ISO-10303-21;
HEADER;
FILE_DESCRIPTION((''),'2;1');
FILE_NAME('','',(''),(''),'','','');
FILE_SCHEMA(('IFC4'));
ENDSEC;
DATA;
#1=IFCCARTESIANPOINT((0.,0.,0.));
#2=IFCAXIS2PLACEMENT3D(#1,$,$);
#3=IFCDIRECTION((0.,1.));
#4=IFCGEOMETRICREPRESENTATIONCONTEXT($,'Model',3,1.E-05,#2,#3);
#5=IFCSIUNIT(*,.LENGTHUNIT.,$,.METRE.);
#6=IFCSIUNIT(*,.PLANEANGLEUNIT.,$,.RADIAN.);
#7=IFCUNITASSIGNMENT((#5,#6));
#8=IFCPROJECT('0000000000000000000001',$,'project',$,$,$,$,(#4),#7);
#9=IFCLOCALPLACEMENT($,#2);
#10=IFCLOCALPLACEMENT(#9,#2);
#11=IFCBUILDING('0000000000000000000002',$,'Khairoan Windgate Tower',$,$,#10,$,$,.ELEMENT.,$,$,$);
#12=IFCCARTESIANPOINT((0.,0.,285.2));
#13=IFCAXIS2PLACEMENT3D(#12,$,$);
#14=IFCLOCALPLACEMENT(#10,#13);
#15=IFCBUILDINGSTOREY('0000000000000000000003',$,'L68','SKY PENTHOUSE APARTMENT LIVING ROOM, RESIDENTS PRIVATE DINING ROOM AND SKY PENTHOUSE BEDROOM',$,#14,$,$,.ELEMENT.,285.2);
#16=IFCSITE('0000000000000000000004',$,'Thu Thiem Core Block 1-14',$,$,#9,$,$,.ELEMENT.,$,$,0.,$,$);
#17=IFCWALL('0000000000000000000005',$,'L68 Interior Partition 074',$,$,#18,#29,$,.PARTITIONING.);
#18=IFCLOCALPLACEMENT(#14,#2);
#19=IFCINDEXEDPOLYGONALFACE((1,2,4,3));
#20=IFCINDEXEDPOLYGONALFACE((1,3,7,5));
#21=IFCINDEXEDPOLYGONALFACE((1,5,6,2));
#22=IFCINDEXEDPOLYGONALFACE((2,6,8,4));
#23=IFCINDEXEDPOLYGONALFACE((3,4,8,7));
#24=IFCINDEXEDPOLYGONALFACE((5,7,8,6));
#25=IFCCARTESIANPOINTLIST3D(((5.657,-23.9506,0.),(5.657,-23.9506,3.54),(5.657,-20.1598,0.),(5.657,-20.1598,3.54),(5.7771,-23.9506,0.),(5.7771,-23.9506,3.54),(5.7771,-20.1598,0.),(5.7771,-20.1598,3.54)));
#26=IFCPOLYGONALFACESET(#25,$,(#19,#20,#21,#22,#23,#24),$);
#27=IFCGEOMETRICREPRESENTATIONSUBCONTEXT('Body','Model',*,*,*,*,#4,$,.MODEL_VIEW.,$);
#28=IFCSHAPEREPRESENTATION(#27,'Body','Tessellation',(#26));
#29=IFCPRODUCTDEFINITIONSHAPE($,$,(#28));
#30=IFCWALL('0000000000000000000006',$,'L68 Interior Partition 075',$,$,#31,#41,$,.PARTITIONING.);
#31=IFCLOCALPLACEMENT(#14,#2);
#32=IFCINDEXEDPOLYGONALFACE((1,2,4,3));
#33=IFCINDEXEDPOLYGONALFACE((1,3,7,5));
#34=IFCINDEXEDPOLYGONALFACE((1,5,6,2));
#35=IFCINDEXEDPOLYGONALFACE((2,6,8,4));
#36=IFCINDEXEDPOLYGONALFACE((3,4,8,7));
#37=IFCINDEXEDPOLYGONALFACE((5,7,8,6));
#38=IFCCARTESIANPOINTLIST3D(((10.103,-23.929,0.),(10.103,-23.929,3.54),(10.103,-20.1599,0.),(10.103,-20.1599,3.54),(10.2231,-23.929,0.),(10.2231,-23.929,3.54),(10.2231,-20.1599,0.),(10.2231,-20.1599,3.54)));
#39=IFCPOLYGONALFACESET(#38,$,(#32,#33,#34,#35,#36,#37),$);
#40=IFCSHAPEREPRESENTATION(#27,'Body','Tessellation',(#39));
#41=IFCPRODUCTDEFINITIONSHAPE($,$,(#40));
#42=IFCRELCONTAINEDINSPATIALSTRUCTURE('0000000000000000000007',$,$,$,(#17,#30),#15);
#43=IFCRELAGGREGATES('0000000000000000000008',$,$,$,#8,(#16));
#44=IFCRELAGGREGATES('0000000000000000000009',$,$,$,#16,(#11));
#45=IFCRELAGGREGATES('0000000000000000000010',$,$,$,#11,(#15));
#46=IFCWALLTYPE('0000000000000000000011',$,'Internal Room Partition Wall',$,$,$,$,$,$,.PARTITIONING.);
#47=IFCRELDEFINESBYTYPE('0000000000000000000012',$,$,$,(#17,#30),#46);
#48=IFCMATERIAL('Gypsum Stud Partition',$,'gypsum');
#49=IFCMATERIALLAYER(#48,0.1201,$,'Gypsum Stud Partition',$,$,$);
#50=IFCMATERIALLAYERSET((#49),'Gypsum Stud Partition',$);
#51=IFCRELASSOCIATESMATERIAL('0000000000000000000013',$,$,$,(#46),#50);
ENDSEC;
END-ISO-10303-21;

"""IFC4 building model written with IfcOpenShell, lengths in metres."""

from ifc_helpers import new_model, si_unit, direction, frame, frame_2d, origin, place, context, subcontext, project, spatial, rectangle, extrude, material, layer, layer_set, type_object, element, save


model = new_model("IFC4")

# Units and contexts
model_context = context("Model", 3, precision=1e-05, world=origin(), true_north=direction((0.0, 1.0)))
body_context = subcontext(model_context, "Body", "Model", "MODEL_VIEW")
ifc_project = project(units=[si_unit("LENGTHUNIT", "METRE"), si_unit("PLANEANGLEUNIT", "RADIAN")], contexts=[model_context])

# Site, building, storey
site_placement = place(None, origin())
site = spatial("IfcSite", under=ifc_project, at=site_placement, Name="Thu Thiem Core Block 1-14", CompositionType="ELEMENT", RefElevation=0.0)
building_placement = place(site_placement, origin())
building = spatial("IfcBuilding", under=site, at=building_placement, Name="Khairoan Windgate Tower", CompositionType="ELEMENT")
storey_placement = place(building_placement, frame((0.0, 0.0, 285.2)))
storey = spatial("IfcBuildingStorey", under=building, at=storey_placement, Name="L68", Description="SKY PENTHOUSE APARTMENT LIVING ROOM, RESIDENTS PRIVATE DINING ROOM AND SKY PENTHOUSE BEDROOM", CompositionType="ELEMENT", Elevation=285.2)

# Shared definitions
ifc_material_1 = material(Name="Gypsum Stud Partition", Category="gypsum")
ifc_layer_1 = layer(ifc_material_1, 0.1201, Name="Gypsum Stud Partition")
ifc_layer_set_1 = layer_set([ifc_layer_1], Name="Gypsum Stud Partition")
wall_type_1 = type_object("IfcWallType", Name="Internal Room Partition Wall", PredefinedType="PARTITIONING", material=ifc_layer_set_1)

# Walls
wall_1_placement = place(storey_placement, frame((5.717, -23.9507, 0.0), z_axis=(0.0, 0.0, 1.0), x_axis=(0.0, 1.0, 0.0)))
element("IfcWall", 1, at=wall_1_placement, inside=storey, type_object=wall_type_1, Name="L68 Interior Partition 074", PredefinedType="PARTITIONING", context=body_context, shape_type="SweptSolid", body=[
    extrude(rectangle(XDim=3.7908, YDim=0.1201, at=frame_2d((1.8955, 0.0))), origin(), (0.0, 0.0, 1.0), 3.54),
])
wall_2_placement = place(storey_placement, frame((10.1631, -23.929, 0.0), z_axis=(0.0, 0.0, 1.0), x_axis=(0.0, 1.0, 0.0)))
element("IfcWall", 2, at=wall_2_placement, inside=storey, type_object=wall_type_1, Name="L68 Interior Partition 075", PredefinedType="PARTITIONING", context=body_context, shape_type="SweptSolid", body=[
    extrude(rectangle(XDim=3.769, YDim=0.1201, at=frame_2d((1.8845, 0.0))), origin(), (0.0, 0.0, 1.0), 3.54),
])

save(model, "model.ifc")
